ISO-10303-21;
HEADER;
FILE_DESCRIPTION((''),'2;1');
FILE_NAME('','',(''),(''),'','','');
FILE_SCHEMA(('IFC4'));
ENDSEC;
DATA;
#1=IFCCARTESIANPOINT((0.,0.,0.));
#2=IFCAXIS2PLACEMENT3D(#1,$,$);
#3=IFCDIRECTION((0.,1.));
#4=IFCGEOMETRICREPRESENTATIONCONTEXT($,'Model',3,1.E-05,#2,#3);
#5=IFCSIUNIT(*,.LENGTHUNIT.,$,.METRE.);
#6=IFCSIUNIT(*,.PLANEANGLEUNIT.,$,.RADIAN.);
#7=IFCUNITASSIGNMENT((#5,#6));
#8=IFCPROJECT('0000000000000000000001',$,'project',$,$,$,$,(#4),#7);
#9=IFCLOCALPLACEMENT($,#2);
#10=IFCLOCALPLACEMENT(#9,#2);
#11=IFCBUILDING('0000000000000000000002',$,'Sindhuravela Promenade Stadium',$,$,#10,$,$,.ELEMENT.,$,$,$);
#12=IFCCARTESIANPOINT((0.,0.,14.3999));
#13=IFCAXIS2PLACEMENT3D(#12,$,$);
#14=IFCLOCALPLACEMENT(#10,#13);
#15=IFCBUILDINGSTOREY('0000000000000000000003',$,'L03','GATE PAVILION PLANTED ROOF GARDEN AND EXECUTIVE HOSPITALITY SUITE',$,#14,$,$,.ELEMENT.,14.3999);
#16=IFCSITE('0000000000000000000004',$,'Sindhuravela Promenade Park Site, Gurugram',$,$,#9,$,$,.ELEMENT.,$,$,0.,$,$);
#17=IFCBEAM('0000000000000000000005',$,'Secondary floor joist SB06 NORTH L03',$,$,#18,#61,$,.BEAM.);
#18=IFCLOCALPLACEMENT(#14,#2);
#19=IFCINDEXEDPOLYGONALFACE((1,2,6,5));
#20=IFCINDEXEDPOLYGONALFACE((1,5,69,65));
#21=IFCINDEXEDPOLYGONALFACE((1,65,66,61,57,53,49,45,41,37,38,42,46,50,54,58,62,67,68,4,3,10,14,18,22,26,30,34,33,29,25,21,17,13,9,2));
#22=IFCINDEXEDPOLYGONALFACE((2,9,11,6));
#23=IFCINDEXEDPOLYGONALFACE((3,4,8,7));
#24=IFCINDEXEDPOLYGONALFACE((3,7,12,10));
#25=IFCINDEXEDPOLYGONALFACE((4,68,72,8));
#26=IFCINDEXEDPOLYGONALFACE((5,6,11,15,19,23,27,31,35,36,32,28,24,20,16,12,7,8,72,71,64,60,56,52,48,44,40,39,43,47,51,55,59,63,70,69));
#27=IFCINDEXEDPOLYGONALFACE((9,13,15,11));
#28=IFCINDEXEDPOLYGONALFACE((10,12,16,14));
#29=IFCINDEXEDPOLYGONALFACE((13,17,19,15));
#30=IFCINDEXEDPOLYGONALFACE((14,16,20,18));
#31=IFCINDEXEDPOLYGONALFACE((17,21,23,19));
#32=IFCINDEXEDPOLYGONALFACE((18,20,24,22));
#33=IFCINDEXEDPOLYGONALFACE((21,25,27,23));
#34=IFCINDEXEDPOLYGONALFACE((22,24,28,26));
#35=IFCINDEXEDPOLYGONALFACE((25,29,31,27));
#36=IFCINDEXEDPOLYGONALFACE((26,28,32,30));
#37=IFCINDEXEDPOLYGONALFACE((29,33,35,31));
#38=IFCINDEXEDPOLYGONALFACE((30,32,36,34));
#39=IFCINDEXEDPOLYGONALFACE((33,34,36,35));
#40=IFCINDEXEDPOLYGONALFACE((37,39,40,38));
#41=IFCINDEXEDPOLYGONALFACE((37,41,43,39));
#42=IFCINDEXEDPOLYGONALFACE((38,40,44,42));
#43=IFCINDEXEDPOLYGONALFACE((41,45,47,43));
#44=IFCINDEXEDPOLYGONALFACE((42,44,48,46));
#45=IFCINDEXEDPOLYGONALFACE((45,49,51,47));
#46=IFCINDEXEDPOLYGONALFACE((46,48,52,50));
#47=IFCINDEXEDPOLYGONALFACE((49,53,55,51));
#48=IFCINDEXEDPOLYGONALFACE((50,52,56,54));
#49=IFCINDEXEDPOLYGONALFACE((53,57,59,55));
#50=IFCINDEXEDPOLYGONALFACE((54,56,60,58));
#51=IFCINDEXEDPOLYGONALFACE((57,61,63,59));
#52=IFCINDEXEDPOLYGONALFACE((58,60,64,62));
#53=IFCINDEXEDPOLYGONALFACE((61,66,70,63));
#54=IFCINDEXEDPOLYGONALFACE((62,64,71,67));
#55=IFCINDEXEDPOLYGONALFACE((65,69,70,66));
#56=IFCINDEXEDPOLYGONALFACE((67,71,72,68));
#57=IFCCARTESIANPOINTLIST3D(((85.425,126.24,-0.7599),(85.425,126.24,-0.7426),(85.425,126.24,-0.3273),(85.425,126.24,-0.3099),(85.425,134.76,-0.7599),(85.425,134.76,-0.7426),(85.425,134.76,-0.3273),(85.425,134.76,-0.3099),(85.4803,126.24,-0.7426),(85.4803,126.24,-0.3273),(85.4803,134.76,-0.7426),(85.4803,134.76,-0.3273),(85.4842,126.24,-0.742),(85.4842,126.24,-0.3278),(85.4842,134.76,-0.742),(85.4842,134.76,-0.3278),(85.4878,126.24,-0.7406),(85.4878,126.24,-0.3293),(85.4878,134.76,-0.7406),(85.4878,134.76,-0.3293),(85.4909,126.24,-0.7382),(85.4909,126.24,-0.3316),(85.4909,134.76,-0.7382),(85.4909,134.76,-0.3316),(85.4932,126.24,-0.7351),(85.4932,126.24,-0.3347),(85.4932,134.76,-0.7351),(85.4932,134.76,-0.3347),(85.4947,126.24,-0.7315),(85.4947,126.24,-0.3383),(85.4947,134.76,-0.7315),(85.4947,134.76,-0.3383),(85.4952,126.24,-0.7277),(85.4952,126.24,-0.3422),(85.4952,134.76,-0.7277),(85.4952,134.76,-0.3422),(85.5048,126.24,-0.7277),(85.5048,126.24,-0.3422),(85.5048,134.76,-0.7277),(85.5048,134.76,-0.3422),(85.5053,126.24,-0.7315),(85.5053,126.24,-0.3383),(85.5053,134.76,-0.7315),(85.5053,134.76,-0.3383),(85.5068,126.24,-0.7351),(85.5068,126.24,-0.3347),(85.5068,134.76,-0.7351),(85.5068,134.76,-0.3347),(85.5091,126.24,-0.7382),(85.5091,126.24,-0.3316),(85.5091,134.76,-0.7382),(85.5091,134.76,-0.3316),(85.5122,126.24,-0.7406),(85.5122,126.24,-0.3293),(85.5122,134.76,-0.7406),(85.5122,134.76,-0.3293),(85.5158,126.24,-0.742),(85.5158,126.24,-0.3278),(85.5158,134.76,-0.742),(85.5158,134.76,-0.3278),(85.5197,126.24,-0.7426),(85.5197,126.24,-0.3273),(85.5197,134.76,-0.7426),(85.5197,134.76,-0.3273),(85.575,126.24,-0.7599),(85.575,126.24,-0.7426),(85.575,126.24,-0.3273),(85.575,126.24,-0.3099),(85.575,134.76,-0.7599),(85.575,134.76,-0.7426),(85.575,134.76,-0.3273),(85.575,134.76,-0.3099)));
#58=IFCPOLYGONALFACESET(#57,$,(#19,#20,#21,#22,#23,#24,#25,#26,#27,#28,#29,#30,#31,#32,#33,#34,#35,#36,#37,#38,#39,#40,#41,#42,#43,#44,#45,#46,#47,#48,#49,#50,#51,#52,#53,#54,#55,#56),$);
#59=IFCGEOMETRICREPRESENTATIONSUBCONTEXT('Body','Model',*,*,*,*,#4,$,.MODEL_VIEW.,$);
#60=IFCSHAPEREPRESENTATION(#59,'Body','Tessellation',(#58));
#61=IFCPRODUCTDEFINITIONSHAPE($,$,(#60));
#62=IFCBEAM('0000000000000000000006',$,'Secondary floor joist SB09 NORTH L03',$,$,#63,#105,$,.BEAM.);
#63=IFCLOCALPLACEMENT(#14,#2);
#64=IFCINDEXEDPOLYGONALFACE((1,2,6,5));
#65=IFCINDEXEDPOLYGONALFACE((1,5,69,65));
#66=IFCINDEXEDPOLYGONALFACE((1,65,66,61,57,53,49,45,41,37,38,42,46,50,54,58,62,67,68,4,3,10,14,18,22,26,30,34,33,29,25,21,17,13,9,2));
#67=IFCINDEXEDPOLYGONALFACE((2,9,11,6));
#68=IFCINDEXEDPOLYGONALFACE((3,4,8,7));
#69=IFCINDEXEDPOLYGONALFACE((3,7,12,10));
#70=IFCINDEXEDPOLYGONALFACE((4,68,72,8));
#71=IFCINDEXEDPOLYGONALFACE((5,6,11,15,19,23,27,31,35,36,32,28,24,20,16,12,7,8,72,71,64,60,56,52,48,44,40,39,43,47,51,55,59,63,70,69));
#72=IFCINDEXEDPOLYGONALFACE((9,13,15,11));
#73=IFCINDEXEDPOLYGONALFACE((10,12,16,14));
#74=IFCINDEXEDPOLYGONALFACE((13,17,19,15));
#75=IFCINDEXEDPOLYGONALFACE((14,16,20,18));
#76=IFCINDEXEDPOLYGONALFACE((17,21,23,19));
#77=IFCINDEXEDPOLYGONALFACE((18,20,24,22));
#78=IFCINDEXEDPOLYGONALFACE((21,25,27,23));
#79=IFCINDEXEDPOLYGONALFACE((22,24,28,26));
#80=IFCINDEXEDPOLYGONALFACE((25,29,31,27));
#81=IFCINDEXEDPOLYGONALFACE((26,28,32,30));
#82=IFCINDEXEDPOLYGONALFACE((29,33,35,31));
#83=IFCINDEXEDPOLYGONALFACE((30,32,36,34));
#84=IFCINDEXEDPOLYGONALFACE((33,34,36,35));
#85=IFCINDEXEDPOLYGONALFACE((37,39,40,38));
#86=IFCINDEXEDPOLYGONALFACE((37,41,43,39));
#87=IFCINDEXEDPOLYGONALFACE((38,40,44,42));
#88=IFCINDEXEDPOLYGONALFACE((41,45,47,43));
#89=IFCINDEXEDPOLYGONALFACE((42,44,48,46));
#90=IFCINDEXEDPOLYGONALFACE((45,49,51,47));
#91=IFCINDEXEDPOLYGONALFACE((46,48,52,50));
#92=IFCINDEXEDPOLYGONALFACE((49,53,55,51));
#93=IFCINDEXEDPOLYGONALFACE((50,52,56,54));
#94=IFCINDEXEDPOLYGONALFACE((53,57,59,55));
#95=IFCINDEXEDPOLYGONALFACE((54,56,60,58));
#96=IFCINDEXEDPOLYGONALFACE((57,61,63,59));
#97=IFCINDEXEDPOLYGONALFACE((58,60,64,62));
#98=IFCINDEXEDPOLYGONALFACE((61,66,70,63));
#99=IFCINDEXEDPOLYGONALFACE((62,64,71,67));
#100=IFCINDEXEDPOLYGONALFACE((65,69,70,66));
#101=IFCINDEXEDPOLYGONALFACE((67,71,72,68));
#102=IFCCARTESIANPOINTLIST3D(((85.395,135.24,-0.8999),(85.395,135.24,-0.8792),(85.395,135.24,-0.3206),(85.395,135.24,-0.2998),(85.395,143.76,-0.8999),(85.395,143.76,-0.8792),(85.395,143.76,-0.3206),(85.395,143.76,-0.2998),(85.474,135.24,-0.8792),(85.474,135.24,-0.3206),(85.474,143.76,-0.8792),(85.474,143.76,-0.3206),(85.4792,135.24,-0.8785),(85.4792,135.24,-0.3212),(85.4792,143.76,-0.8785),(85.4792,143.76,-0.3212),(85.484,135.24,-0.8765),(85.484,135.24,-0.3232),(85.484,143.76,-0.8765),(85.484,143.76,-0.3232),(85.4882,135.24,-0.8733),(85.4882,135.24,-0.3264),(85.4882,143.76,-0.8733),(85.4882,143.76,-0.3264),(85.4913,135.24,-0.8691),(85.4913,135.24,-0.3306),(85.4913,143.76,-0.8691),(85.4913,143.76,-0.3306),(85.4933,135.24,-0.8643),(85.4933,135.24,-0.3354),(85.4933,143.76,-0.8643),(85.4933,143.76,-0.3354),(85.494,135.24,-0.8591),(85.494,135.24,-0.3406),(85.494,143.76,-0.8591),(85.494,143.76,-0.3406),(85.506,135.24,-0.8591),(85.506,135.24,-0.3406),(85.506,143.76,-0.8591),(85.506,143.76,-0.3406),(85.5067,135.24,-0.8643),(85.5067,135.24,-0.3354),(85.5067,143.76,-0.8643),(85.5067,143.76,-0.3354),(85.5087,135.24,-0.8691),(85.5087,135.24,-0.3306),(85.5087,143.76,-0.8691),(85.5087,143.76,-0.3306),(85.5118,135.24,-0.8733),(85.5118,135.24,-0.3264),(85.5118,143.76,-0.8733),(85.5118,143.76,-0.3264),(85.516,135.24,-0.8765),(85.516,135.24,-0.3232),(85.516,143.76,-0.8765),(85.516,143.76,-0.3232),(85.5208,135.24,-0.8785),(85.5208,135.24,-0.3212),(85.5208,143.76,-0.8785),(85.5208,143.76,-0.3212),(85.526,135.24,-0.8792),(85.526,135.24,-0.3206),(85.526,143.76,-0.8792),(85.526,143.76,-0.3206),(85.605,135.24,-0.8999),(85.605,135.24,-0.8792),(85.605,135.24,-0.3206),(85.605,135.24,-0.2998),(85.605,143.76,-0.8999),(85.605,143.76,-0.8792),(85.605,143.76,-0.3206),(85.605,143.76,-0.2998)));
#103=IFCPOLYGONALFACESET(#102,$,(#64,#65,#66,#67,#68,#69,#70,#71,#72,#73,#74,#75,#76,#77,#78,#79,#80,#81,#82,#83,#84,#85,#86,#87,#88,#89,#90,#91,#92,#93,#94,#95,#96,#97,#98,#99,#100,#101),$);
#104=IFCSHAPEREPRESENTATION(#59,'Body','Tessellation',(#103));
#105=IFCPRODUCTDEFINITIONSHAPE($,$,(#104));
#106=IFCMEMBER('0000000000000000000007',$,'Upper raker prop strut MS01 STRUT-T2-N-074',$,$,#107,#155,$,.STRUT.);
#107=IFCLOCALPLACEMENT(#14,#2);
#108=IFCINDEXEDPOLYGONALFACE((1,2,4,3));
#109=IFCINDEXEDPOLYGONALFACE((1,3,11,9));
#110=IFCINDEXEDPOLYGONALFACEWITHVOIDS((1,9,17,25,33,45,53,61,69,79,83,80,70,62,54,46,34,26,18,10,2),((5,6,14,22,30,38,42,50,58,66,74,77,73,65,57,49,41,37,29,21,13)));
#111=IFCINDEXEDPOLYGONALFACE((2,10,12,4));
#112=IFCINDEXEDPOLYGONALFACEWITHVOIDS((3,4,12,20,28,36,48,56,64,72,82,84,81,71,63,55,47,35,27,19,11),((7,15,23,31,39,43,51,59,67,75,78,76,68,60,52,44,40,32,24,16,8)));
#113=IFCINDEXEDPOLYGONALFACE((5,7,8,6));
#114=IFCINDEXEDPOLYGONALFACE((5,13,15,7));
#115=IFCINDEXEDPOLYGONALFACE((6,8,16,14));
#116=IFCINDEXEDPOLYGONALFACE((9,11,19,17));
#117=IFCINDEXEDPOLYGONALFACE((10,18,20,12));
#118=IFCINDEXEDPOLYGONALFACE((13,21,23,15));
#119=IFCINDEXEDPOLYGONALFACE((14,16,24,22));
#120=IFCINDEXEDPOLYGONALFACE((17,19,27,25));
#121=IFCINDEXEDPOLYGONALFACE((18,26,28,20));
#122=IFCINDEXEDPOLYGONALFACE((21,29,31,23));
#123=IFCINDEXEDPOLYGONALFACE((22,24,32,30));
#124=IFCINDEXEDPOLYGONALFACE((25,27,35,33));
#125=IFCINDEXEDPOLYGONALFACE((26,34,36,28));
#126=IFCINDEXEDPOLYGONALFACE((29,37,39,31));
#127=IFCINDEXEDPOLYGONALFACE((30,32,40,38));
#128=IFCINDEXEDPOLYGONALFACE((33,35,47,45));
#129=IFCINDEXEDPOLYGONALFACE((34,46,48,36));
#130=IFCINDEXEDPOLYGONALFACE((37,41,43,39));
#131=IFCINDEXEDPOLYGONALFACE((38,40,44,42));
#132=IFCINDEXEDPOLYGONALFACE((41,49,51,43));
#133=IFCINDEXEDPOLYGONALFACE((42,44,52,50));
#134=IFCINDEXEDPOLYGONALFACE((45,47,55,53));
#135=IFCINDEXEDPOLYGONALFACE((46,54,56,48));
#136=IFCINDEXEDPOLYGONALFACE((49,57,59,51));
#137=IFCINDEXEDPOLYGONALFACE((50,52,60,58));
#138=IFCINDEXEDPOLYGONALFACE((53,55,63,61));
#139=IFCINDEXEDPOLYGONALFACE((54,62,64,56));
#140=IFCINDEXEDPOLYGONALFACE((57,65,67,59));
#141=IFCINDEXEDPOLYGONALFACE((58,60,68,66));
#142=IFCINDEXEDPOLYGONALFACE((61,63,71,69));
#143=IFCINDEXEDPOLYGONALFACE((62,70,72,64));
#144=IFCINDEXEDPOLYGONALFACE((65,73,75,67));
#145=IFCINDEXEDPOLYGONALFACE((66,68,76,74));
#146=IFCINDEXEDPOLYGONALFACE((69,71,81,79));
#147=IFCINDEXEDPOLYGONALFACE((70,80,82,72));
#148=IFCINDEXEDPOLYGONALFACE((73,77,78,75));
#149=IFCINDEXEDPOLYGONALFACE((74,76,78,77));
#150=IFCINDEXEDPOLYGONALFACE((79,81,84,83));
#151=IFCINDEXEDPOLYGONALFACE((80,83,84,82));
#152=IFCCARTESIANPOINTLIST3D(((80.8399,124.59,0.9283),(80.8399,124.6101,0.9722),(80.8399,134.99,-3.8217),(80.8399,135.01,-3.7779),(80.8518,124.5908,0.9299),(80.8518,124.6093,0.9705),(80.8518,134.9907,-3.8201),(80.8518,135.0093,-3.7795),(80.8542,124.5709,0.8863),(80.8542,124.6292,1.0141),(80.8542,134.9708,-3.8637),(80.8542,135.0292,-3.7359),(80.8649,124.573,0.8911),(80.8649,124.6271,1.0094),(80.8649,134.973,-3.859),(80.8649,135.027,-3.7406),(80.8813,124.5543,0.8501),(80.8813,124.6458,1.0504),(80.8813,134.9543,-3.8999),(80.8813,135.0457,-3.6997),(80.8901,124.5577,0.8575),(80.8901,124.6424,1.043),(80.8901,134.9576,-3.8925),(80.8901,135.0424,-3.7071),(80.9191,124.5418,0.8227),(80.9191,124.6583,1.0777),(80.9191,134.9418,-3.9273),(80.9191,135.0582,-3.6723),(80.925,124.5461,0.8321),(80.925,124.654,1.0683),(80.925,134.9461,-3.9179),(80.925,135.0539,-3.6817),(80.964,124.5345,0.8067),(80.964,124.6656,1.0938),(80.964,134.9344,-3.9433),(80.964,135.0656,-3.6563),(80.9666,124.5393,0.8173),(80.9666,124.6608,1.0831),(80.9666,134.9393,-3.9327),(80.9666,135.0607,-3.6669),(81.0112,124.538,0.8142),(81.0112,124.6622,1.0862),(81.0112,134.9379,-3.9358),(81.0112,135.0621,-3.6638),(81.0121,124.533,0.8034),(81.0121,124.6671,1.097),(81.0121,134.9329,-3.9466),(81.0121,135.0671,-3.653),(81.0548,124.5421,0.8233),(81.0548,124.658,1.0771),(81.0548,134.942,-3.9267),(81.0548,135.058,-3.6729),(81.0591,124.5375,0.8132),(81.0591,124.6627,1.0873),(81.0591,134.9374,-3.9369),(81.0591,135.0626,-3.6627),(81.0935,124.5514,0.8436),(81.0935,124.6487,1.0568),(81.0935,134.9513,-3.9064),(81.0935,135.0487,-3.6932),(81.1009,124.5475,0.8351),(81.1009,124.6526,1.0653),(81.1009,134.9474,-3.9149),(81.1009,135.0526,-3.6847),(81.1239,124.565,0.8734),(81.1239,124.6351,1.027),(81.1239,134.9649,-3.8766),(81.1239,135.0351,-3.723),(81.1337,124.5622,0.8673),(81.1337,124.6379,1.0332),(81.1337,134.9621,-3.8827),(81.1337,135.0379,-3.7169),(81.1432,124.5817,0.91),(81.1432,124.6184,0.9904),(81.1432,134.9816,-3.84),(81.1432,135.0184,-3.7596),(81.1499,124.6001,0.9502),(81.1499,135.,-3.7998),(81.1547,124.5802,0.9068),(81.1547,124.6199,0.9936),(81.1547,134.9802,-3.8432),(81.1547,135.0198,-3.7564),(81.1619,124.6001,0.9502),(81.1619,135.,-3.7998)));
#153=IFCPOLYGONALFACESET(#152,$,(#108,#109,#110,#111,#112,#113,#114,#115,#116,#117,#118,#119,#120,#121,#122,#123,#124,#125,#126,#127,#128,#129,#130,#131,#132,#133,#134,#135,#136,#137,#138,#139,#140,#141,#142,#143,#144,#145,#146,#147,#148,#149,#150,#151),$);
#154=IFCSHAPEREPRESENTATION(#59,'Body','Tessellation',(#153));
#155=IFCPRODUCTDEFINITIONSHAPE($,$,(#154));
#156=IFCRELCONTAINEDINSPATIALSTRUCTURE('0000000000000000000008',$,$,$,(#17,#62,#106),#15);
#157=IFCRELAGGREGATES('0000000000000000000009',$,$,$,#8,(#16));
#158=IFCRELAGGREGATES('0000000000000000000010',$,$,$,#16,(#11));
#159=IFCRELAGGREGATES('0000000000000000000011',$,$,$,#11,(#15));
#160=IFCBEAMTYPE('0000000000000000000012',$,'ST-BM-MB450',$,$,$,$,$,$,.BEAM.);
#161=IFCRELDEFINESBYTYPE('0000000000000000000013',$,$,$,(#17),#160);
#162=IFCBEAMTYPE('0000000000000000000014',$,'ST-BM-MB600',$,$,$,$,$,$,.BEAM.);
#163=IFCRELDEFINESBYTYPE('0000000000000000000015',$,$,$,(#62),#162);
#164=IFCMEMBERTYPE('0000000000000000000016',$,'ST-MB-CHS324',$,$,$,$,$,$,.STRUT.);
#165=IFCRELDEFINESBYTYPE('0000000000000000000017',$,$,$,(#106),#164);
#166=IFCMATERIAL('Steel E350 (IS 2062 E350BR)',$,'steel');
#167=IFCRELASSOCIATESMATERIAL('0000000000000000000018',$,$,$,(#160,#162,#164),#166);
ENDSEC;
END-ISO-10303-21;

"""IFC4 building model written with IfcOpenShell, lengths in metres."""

from ifc_helpers import new_model, si_unit, direction, frame, origin, origin_2d, place, context, subcontext, project, spatial, hollow_circle, i_section, extrude, material, material_profile, profile_set, type_object, element, save


model = new_model("IFC4")

# Units and contexts
model_context = context("Model", 3, precision=1e-05, world=origin(), true_north=direction((0.0, 1.0)))
body_context = subcontext(model_context, "Body", "Model", "MODEL_VIEW")
ifc_project = project(units=[si_unit("LENGTHUNIT", "METRE"), si_unit("PLANEANGLEUNIT", "RADIAN")], contexts=[model_context])

# Site, building, storey
site_placement = place(None, origin())
site = spatial("IfcSite", under=ifc_project, at=site_placement, Name="Sindhuravela Promenade Park Site, Gurugram", CompositionType="ELEMENT", RefElevation=0.0)
building_placement = place(site_placement, origin())
building = spatial("IfcBuilding", under=site, at=building_placement, Name="Sindhuravela Promenade Stadium", CompositionType="ELEMENT")
storey_placement = place(building_placement, frame((0.0, 0.0, 14.3999)))
storey = spatial("IfcBuildingStorey", under=building, at=storey_placement, Name="L03", Description="GATE PAVILION PLANTED ROOF GARDEN AND EXECUTIVE HOSPITALITY SUITE", CompositionType="ELEMENT", Elevation=14.3999)

# Beams
ifc_material_1 = material(Name="Steel E350 (IS 2062 E350BR)", Category="steel")
ifc_material_profile_1 = material_profile(ifc_material_1, i_section(OverallWidth=0.1499, OverallDepth=0.45, WebThickness=0.0095, FlangeThickness=0.0173, FilletRadius=0.0149, at=origin_2d()), Name="ISMB 450")
ifc_profile_set_1 = profile_set([ifc_material_profile_1], Name="Steel E350 (IS 2062 E350BR)")
beam_type_1 = type_object("IfcBeamType", Name="ST-BM-MB450", PredefinedType="BEAM", material=ifc_profile_set_1)
beam_1_placement = place(storey_placement, frame((85.5, 126.24, -0.5349), z_axis=(0.0, 1.0, 0.0), x_axis=(-1.0, 0.0, 0.0)))
element("IfcBeam", 1, at=beam_1_placement, inside=storey, type_object=beam_type_1, Name="Secondary floor joist SB06 NORTH L03", PredefinedType="BEAM", context=body_context, shape_type="SweptSolid", body=[
    extrude(i_section(OverallWidth=0.1499, OverallDepth=0.45, WebThickness=0.0095, FlangeThickness=0.0173, FilletRadius=0.0149, at=origin_2d()), origin(), (0.0, 0.0, 1.0), 8.52),
])
ifc_material_profile_2 = material_profile(ifc_material_1, i_section(OverallWidth=0.21, OverallDepth=0.6001, WebThickness=0.012, FlangeThickness=0.0208, FilletRadius=0.02, at=origin_2d()), Name="ISMB 600")
ifc_profile_set_2 = profile_set([ifc_material_profile_2], Name="Steel E350 (IS 2062 E350BR)")
beam_type_2 = type_object("IfcBeamType", Name="ST-BM-MB600", PredefinedType="BEAM", material=ifc_profile_set_2)
beam_2_placement = place(storey_placement, frame((85.5, 135.24, -0.5999), z_axis=(0.0, 1.0, 0.0), x_axis=(-1.0, 0.0, 0.0)))
element("IfcBeam", 2, at=beam_2_placement, inside=storey, type_object=beam_type_2, Name="Secondary floor joist SB09 NORTH L03", PredefinedType="BEAM", context=body_context, shape_type="SweptSolid", body=[
    extrude(i_section(OverallWidth=0.21, OverallDepth=0.6001, WebThickness=0.012, FlangeThickness=0.0208, FilletRadius=0.02, at=origin_2d()), origin(), (0.0, 0.0, 1.0), 8.52),
])

# Member
ifc_material_profile_3 = material_profile(ifc_material_1, hollow_circle(Radius=0.1619, WallThickness=0.012, at=origin_2d()), Name="CHS 323.9x12")
ifc_profile_set_3 = profile_set([ifc_material_profile_3], Name="Steel E350 (IS 2062 E350BR)")
member_type = type_object("IfcMemberType", Name="ST-MB-CHS324", PredefinedType="STRUT", material=ifc_profile_set_3)
for number, where, z_axis, x_axis, name in (
    (3, (81.0, 135.0, -3.7998), (0.0, -0.909615, 0.415453), (1.0, 0.0, 0.0), "Upper raker prop strut MS01 STRUT-T2-N-074"),
):
    element("IfcMember", number, at=place(storey_placement, frame(where, z_axis=z_axis, x_axis=x_axis)), inside=storey, type_object=member_type, Name=name, PredefinedType="STRUT", context=body_context, shape_type="SweptSolid", body=[
        extrude(hollow_circle(Radius=0.1619, WallThickness=0.012, at=origin_2d()), origin(), (0.0, 0.0, 1.0), 11.4333),
    ])

save(model, "model.ifc")
